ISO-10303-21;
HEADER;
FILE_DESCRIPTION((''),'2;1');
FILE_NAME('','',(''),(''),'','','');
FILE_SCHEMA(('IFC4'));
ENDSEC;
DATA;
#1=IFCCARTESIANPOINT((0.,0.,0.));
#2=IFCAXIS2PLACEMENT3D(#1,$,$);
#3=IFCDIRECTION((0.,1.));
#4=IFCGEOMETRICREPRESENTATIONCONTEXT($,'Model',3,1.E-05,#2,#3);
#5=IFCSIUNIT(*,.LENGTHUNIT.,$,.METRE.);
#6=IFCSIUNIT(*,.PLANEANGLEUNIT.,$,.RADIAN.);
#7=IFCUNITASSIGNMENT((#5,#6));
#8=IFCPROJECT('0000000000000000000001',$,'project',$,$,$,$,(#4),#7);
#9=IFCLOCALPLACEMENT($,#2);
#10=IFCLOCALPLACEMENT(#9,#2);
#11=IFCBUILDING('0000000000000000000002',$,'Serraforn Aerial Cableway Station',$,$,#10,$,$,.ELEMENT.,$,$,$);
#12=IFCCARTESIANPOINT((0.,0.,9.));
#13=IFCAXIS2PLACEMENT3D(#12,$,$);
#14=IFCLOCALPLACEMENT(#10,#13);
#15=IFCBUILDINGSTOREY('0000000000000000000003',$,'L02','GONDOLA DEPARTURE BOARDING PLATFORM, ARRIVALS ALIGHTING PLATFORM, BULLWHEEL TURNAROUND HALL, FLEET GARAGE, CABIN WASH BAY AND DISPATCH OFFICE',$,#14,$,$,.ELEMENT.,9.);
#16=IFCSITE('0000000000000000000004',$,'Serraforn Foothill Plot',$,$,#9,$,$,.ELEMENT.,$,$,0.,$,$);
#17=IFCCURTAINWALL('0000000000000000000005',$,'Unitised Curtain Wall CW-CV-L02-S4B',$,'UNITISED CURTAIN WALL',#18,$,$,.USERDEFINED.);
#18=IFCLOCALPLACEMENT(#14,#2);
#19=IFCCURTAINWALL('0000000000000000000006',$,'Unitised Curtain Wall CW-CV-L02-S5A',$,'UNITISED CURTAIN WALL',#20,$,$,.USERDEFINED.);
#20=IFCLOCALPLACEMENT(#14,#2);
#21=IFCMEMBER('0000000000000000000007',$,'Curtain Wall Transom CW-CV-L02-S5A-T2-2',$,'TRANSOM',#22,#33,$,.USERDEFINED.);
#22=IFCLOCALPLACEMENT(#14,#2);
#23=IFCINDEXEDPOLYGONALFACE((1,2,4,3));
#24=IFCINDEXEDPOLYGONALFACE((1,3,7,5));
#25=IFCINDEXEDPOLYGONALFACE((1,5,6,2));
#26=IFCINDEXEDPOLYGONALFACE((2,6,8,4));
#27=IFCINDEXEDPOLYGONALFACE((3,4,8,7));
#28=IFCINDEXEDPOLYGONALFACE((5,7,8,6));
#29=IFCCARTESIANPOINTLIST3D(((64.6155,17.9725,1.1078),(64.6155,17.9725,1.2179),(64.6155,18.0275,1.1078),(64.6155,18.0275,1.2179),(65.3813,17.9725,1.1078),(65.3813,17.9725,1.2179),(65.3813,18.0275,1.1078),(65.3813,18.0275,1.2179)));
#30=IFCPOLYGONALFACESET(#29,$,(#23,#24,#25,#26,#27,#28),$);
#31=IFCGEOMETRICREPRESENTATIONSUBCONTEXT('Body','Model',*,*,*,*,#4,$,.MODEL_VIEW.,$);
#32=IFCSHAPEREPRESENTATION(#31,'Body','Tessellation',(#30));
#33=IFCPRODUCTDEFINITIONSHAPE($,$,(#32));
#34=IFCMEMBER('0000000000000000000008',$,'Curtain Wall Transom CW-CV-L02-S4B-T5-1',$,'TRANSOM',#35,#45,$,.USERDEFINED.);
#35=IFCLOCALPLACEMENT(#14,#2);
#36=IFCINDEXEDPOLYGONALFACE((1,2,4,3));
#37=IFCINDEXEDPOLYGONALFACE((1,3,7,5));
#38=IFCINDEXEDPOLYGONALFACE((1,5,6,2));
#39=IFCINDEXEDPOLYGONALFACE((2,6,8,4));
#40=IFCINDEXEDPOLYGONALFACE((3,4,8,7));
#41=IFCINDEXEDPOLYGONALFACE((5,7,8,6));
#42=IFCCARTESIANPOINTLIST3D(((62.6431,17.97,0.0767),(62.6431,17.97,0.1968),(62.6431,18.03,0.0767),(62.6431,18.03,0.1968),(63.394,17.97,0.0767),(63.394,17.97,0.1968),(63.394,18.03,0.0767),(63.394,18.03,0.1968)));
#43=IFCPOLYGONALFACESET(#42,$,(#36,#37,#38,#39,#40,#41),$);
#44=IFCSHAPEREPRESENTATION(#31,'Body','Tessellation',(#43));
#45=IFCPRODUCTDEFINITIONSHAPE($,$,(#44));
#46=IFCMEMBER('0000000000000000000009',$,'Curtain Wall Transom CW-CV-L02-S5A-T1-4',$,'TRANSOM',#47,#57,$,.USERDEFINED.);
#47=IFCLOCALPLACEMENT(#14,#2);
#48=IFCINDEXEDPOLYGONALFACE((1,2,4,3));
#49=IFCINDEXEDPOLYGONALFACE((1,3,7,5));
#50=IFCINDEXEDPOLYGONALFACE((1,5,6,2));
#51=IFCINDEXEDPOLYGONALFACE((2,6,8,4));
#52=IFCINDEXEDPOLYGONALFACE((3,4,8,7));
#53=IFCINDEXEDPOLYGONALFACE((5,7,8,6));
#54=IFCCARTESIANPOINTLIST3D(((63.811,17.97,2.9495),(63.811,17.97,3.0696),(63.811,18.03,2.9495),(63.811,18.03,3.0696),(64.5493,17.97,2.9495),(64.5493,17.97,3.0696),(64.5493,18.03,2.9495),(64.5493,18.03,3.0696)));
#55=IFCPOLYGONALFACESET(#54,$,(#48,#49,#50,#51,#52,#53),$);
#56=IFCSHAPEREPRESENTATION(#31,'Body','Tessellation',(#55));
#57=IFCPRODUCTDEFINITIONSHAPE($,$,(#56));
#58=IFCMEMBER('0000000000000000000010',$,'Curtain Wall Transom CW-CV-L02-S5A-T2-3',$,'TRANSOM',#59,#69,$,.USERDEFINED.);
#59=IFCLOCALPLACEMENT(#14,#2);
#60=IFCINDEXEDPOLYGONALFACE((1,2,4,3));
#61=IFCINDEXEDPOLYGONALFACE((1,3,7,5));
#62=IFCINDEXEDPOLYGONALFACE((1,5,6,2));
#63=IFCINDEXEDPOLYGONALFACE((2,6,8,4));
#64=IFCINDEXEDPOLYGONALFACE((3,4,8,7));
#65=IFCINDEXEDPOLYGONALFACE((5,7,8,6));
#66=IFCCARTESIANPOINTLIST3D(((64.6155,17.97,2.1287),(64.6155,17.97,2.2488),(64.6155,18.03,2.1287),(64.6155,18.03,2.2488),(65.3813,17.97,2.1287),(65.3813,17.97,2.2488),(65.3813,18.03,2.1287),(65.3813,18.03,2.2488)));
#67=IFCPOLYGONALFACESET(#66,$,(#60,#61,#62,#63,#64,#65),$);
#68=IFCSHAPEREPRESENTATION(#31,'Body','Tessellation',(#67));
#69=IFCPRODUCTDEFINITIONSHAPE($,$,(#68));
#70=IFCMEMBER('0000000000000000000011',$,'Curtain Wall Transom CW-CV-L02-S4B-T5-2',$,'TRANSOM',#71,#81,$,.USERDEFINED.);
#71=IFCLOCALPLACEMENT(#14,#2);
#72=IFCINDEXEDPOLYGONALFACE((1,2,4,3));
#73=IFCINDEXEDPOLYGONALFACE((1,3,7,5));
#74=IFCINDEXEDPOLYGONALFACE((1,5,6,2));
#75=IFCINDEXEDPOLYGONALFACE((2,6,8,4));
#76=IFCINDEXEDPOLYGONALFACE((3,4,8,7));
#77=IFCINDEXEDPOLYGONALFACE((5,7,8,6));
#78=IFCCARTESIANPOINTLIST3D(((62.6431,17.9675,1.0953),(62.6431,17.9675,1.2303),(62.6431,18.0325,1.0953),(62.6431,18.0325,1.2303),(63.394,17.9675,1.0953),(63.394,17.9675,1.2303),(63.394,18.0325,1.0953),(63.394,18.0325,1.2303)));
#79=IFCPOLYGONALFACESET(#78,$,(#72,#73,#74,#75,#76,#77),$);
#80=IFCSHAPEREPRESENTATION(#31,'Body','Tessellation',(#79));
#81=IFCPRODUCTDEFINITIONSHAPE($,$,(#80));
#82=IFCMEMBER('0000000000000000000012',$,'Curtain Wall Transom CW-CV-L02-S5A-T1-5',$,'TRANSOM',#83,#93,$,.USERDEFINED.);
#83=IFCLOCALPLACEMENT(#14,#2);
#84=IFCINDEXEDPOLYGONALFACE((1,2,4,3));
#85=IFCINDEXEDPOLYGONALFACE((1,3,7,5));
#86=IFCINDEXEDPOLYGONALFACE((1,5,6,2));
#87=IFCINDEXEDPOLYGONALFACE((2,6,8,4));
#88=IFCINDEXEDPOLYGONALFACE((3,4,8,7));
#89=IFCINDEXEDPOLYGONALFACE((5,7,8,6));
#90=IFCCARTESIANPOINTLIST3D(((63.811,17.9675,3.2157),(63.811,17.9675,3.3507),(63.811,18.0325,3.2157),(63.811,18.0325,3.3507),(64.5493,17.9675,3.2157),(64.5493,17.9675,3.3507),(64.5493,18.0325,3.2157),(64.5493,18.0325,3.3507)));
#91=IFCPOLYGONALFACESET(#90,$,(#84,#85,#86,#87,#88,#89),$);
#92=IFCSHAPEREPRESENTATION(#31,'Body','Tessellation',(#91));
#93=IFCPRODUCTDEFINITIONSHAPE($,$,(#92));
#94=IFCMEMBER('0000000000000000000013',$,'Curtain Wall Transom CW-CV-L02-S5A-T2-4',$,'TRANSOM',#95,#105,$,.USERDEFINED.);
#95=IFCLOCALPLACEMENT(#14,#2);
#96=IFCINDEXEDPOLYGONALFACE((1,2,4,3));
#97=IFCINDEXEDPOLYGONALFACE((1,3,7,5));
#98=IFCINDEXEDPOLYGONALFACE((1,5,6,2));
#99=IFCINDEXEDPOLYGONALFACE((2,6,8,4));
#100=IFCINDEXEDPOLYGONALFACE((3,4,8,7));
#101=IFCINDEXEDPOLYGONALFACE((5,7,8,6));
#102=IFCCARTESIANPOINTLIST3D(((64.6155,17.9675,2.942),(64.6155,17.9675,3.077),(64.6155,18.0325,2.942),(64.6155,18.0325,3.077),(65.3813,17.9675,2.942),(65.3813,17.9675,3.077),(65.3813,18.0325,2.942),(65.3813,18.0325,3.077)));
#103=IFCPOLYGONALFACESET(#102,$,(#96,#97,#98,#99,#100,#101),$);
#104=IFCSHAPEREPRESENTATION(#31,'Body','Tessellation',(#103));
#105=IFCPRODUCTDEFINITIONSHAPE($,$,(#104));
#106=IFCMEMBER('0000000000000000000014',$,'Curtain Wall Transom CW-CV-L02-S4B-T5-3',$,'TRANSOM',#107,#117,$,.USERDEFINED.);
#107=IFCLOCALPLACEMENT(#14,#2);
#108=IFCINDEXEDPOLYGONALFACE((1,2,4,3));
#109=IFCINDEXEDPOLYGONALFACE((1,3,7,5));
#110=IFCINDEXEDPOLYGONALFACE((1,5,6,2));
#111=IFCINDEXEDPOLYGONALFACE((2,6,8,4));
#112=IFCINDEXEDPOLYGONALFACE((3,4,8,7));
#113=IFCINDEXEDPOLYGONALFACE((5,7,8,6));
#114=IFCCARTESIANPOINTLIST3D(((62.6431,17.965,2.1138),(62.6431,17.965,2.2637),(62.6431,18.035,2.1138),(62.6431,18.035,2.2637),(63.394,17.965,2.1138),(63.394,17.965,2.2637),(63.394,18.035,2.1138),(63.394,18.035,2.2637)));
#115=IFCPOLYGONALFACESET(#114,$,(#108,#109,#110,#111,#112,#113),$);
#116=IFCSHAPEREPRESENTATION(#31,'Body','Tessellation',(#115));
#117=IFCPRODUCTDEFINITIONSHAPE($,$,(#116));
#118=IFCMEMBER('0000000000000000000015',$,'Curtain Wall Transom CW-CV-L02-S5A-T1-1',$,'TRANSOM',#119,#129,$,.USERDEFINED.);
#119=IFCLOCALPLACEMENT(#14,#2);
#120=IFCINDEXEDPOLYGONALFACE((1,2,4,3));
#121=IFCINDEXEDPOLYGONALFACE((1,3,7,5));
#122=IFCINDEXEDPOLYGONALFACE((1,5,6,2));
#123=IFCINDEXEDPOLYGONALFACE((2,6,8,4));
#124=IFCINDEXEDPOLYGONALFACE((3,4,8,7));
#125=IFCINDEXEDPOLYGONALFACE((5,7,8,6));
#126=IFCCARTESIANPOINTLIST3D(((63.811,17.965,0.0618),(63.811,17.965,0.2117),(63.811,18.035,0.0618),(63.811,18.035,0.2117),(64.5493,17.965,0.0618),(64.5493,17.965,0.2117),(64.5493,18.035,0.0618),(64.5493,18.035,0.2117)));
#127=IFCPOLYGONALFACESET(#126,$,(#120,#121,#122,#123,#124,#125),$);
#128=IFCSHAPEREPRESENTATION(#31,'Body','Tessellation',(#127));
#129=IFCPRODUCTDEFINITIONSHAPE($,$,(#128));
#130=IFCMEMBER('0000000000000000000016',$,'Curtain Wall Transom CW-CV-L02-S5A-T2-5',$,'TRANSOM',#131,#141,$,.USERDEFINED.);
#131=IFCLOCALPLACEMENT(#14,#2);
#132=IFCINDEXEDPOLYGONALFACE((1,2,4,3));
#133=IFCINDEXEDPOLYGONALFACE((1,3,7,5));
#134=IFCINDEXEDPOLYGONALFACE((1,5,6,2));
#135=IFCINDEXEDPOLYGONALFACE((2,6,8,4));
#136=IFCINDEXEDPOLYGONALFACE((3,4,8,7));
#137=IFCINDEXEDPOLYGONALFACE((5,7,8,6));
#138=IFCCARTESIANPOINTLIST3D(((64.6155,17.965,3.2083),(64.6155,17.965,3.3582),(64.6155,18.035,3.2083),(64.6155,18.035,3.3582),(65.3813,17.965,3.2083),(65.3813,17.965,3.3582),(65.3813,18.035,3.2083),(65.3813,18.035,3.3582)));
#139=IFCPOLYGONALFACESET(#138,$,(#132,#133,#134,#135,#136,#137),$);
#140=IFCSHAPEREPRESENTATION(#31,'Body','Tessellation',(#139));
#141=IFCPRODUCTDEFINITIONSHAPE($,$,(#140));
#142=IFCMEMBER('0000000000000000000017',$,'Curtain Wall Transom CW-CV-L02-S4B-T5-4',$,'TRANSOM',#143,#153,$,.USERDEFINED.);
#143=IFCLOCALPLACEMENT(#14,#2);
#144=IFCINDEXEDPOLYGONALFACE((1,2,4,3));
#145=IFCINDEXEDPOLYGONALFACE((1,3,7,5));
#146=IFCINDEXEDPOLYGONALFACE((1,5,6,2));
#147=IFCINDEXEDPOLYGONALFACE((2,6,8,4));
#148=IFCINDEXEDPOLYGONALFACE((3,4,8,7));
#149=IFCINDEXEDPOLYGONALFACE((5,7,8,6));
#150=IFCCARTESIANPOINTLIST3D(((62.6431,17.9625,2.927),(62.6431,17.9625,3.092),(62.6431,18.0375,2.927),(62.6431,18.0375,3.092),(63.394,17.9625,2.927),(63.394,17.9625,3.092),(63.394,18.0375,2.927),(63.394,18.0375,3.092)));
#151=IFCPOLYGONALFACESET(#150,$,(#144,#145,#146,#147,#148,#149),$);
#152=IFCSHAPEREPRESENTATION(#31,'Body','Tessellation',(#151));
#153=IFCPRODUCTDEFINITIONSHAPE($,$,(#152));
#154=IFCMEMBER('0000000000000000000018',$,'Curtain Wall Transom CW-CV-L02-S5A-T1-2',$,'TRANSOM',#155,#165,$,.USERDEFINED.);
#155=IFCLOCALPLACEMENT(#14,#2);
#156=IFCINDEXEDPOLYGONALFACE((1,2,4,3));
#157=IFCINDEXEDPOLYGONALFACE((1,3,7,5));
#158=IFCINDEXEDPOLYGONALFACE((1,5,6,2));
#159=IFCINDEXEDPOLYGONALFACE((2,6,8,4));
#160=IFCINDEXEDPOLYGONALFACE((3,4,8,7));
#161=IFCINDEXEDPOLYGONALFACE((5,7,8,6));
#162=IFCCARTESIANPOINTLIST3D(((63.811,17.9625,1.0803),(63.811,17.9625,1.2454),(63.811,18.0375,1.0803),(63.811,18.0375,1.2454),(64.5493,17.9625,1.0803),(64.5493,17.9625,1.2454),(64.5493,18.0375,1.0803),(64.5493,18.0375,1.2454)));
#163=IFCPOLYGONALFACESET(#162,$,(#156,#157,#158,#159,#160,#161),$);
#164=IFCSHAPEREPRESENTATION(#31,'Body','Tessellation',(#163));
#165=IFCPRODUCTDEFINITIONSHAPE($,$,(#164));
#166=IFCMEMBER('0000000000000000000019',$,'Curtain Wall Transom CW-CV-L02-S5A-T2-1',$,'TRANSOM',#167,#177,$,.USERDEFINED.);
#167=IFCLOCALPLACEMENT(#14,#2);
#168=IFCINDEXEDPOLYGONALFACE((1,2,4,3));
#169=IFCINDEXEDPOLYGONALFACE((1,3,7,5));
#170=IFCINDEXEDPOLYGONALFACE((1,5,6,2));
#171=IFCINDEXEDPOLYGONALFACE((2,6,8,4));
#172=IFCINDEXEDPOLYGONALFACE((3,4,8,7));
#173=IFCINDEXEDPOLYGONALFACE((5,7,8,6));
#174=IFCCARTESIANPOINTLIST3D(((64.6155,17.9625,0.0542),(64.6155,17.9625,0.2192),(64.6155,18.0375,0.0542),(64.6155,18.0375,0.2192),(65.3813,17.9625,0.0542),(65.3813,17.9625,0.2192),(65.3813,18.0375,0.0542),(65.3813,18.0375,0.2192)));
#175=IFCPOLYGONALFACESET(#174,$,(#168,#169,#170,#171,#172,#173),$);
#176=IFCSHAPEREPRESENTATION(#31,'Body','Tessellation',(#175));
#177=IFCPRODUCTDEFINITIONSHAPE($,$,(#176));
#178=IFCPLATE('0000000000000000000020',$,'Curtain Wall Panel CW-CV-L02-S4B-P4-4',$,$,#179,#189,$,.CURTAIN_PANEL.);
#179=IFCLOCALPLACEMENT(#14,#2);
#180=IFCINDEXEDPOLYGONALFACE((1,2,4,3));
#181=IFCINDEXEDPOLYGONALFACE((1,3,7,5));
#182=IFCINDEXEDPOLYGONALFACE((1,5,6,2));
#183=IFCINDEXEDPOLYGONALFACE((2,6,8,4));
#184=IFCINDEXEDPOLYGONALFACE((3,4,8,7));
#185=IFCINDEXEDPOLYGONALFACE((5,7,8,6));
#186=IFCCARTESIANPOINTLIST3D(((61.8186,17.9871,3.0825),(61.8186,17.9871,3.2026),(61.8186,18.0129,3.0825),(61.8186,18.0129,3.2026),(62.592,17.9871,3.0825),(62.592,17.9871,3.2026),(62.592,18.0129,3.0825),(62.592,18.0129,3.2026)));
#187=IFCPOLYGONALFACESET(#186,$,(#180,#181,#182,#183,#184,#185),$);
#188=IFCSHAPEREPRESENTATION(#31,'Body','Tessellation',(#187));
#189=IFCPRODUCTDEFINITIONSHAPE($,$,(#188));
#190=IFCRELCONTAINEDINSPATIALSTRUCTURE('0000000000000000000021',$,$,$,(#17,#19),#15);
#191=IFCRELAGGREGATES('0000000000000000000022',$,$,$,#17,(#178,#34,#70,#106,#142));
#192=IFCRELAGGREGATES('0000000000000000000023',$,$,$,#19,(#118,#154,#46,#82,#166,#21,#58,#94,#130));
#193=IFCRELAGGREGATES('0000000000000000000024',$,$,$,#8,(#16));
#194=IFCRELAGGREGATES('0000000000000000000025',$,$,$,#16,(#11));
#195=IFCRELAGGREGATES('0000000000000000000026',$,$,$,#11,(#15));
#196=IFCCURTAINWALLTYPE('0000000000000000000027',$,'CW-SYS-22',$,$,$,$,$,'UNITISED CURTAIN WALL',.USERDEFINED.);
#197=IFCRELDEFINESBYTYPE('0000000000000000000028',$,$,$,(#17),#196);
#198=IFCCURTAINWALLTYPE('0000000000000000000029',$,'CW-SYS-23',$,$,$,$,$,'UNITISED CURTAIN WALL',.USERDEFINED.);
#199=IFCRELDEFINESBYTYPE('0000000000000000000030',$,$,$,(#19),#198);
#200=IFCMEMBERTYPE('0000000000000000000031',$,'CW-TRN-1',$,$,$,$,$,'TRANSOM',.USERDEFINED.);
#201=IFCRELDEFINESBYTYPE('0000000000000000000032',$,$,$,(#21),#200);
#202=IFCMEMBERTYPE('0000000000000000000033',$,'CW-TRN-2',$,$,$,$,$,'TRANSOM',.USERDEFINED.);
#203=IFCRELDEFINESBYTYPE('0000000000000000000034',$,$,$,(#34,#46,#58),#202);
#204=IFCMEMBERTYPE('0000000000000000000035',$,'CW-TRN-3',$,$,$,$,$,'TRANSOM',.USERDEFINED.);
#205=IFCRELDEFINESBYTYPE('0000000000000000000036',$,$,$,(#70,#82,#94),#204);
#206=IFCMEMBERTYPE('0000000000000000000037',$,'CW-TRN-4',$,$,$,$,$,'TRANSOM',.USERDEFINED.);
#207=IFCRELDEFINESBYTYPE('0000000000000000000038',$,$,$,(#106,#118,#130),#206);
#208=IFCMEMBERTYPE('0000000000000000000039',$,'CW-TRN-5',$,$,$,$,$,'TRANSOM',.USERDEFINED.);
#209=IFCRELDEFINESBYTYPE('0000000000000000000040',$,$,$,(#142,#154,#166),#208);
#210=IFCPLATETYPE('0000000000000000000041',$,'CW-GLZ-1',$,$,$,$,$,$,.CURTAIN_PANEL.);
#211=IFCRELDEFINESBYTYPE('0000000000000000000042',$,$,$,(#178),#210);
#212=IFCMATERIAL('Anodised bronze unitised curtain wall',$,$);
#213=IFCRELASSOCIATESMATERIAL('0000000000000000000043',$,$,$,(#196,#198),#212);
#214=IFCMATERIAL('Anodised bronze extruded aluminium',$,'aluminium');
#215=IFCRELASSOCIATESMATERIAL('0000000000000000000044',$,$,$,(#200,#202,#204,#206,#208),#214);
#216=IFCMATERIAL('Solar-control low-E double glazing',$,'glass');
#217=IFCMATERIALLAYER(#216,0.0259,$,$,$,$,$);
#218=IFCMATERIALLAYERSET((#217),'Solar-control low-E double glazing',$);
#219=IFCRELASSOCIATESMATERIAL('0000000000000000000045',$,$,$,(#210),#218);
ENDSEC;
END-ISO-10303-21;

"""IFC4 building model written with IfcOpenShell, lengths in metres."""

from ifc_helpers import new_model, si_unit, direction, frame, origin, origin_2d, place, context, subcontext, project, spatial, rectangle, extrude, material, layer, layer_set, material_profile, profile_set, type_object, element, aggregate, save


model = new_model("IFC4")

# Units and contexts
model_context = context("Model", 3, precision=1e-05, world=origin(), true_north=direction((0.0, 1.0)))
body_context = subcontext(model_context, "Body", "Model", "MODEL_VIEW")
ifc_project = project(units=[si_unit("LENGTHUNIT", "METRE"), si_unit("PLANEANGLEUNIT", "RADIAN")], contexts=[model_context])

# Site, building, storey
site_placement = place(None, origin())
site = spatial("IfcSite", under=ifc_project, at=site_placement, Name="Serraforn Foothill Plot", CompositionType="ELEMENT", RefElevation=0.0)
building_placement = place(site_placement, origin())
building = spatial("IfcBuilding", under=site, at=building_placement, Name="Serraforn Aerial Cableway Station", CompositionType="ELEMENT")
storey_placement = place(building_placement, frame((0.0, 0.0, 9.0)))
storey = spatial("IfcBuildingStorey", under=building, at=storey_placement, Name="L02", Description="GONDOLA DEPARTURE BOARDING PLATFORM, ARRIVALS ALIGHTING PLATFORM, BULLWHEEL TURNAROUND HALL, FLEET GARAGE, CABIN WASH BAY AND DISPATCH OFFICE", CompositionType="ELEMENT", Elevation=9.0)

# Curtain walls
ifc_material_1 = material(Name="Anodised bronze unitised curtain wall")
curtain_wall_type_1 = type_object("IfcCurtainWallType", Name="CW-SYS-22", ElementType="UNITISED CURTAIN WALL", PredefinedType="USERDEFINED", material=ifc_material_1)
curtain_wall_1_placement = place(storey_placement, origin())
curtain_wall_1 = element("IfcCurtainWall", 1, at=curtain_wall_1_placement, inside=storey, type_object=curtain_wall_type_1, Name="Unitised Curtain Wall CW-CV-L02-S4B", ObjectType="UNITISED CURTAIN WALL", PredefinedType="USERDEFINED")
ifc_material_2 = material(Name="Anodised bronze extruded aluminium", Category="aluminium")
curtain_wall_type_2 = type_object("IfcCurtainWallType", Name="CW-SYS-23", ElementType="UNITISED CURTAIN WALL", PredefinedType="USERDEFINED", material=ifc_material_1)
curtain_wall_2_placement = place(storey_placement, origin())
curtain_wall_2 = element("IfcCurtainWall", 2, at=curtain_wall_2_placement, inside=storey, type_object=curtain_wall_type_2, Name="Unitised Curtain Wall CW-CV-L02-S5A", ObjectType="UNITISED CURTAIN WALL", PredefinedType="USERDEFINED")

# Members
ifc_material_profile_1 = material_profile(ifc_material_2, rectangle(XDim=0.0549, YDim=0.1101, at=origin_2d()), Name="CW TRANSOM 55x110")
ifc_profile_set_1 = profile_set([ifc_material_profile_1], Name="Anodised bronze extruded aluminium")
member_type_1 = type_object("IfcMemberType", Name="CW-TRN-1", ElementType="TRANSOM", PredefinedType="USERDEFINED", material=ifc_profile_set_1)
member_1_placement = place(storey_placement, frame((64.6155, 18.0, 1.1628), z_axis=(1.0, 0.0, 0.0), x_axis=(0.0, 1.0, 0.0)))
member_1 = element("IfcMember", 3, at=member_1_placement, type_object=member_type_1, Name="Curtain Wall Transom CW-CV-L02-S5A-T2-2", ObjectType="TRANSOM", PredefinedType="USERDEFINED", context=body_context, shape_type="SweptSolid", body=[
    extrude(rectangle(XDim=0.0549, YDim=0.1101, at=origin_2d()), origin(), (0.0, 0.0, 1.0), 0.7659),
])
ifc_material_profile_2 = material_profile(ifc_material_2, rectangle(XDim=0.0601, YDim=0.1201, at=origin_2d()), Name="CW TRANSOM 60x120")
ifc_profile_set_2 = profile_set([ifc_material_profile_2], Name="Anodised bronze extruded aluminium")
member_type_2 = type_object("IfcMemberType", Name="CW-TRN-2", ElementType="TRANSOM", PredefinedType="USERDEFINED", material=ifc_profile_set_2)
member_2_placement = place(storey_placement, frame((62.6431, 18.0, 0.1367), z_axis=(1.0, 0.0, 0.0), x_axis=(0.0, 1.0, 0.0)))
member_2 = element("IfcMember", 4, at=member_2_placement, type_object=member_type_2, Name="Curtain Wall Transom CW-CV-L02-S4B-T5-1", ObjectType="TRANSOM", PredefinedType="USERDEFINED", context=body_context, shape_type="SweptSolid", body=[
    extrude(rectangle(XDim=0.0601, YDim=0.1201, at=origin_2d()), origin(), (0.0, 0.0, 1.0), 0.751),
])
member_3_placement = place(storey_placement, frame((63.811, 18.0, 3.0095), z_axis=(1.0, 0.0, 0.0), x_axis=(0.0, 1.0, 0.0)))
member_3 = element("IfcMember", 5, at=member_3_placement, type_object=member_type_2, Name="Curtain Wall Transom CW-CV-L02-S5A-T1-4", ObjectType="TRANSOM", PredefinedType="USERDEFINED", context=body_context, shape_type="SweptSolid", body=[
    extrude(rectangle(XDim=0.0601, YDim=0.1201, at=origin_2d()), origin(), (0.0, 0.0, 1.0), 0.7383),
])
member_4_placement = place(storey_placement, frame((64.6155, 18.0, 2.1887), z_axis=(1.0, 0.0, 0.0), x_axis=(0.0, 1.0, 0.0)))
member_4 = element("IfcMember", 6, at=member_4_placement, type_object=member_type_2, Name="Curtain Wall Transom CW-CV-L02-S5A-T2-3", ObjectType="TRANSOM", PredefinedType="USERDEFINED", context=body_context, shape_type="SweptSolid", body=[
    extrude(rectangle(XDim=0.0601, YDim=0.1201, at=origin_2d()), origin(), (0.0, 0.0, 1.0), 0.7659),
])
ifc_material_profile_3 = material_profile(ifc_material_2, rectangle(XDim=0.0649, YDim=0.135, at=origin_2d()), Name="CW TRANSOM 65x135")
ifc_profile_set_3 = profile_set([ifc_material_profile_3], Name="Anodised bronze extruded aluminium")
member_type_3 = type_object("IfcMemberType", Name="CW-TRN-3", ElementType="TRANSOM", PredefinedType="USERDEFINED", material=ifc_profile_set_3)
member_5_placement = place(storey_placement, frame((62.6431, 18.0, 1.1628), z_axis=(1.0, 0.0, 0.0), x_axis=(0.0, 1.0, 0.0)))
member_5 = element("IfcMember", 7, at=member_5_placement, type_object=member_type_3, Name="Curtain Wall Transom CW-CV-L02-S4B-T5-2", ObjectType="TRANSOM", PredefinedType="USERDEFINED", context=body_context, shape_type="SweptSolid", body=[
    extrude(rectangle(XDim=0.0649, YDim=0.135, at=origin_2d()), origin(), (0.0, 0.0, 1.0), 0.751),
])
member_6_placement = place(storey_placement, frame((63.811, 18.0, 3.2832), z_axis=(1.0, 0.0, 0.0), x_axis=(0.0, 1.0, 0.0)))
member_6 = element("IfcMember", 8, at=member_6_placement, type_object=member_type_3, Name="Curtain Wall Transom CW-CV-L02-S5A-T1-5", ObjectType="TRANSOM", PredefinedType="USERDEFINED", context=body_context, shape_type="SweptSolid", body=[
    extrude(rectangle(XDim=0.0649, YDim=0.135, at=origin_2d()), origin(), (0.0, 0.0, 1.0), 0.7383),
])
member_7_placement = place(storey_placement, frame((64.6155, 18.0, 3.0095), z_axis=(1.0, 0.0, 0.0), x_axis=(0.0, 1.0, 0.0)))
member_7 = element("IfcMember", 9, at=member_7_placement, type_object=member_type_3, Name="Curtain Wall Transom CW-CV-L02-S5A-T2-4", ObjectType="TRANSOM", PredefinedType="USERDEFINED", context=body_context, shape_type="SweptSolid", body=[
    extrude(rectangle(XDim=0.0649, YDim=0.135, at=origin_2d()), origin(), (0.0, 0.0, 1.0), 0.7659),
])
ifc_material_profile_4 = material_profile(ifc_material_2, rectangle(XDim=0.0701, YDim=0.1499, at=origin_2d()), Name="CW TRANSOM 70x150")
ifc_profile_set_4 = profile_set([ifc_material_profile_4], Name="Anodised bronze extruded aluminium")
member_type_4 = type_object("IfcMemberType", Name="CW-TRN-4", ElementType="TRANSOM", PredefinedType="USERDEFINED", material=ifc_profile_set_4)
member_8_placement = place(storey_placement, frame((62.6431, 18.0, 2.1887), z_axis=(1.0, 0.0, 0.0), x_axis=(0.0, 1.0, 0.0)))
member_8 = element("IfcMember", 10, at=member_8_placement, type_object=member_type_4, Name="Curtain Wall Transom CW-CV-L02-S4B-T5-3", ObjectType="TRANSOM", PredefinedType="USERDEFINED", context=body_context, shape_type="SweptSolid", body=[
    extrude(rectangle(XDim=0.0701, YDim=0.1499, at=origin_2d()), origin(), (0.0, 0.0, 1.0), 0.751),
])
member_9_placement = place(storey_placement, frame((63.811, 18.0, 0.1367), z_axis=(1.0, 0.0, 0.0), x_axis=(0.0, 1.0, 0.0)))
member_9 = element("IfcMember", 11, at=member_9_placement, type_object=member_type_4, Name="Curtain Wall Transom CW-CV-L02-S5A-T1-1", ObjectType="TRANSOM", PredefinedType="USERDEFINED", context=body_context, shape_type="SweptSolid", body=[
    extrude(rectangle(XDim=0.0701, YDim=0.1499, at=origin_2d()), origin(), (0.0, 0.0, 1.0), 0.7383),
])
member_10_placement = place(storey_placement, frame((64.6155, 18.0, 3.2832), z_axis=(1.0, 0.0, 0.0), x_axis=(0.0, 1.0, 0.0)))
member_10 = element("IfcMember", 12, at=member_10_placement, type_object=member_type_4, Name="Curtain Wall Transom CW-CV-L02-S5A-T2-5", ObjectType="TRANSOM", PredefinedType="USERDEFINED", context=body_context, shape_type="SweptSolid", body=[
    extrude(rectangle(XDim=0.0701, YDim=0.1499, at=origin_2d()), origin(), (0.0, 0.0, 1.0), 0.7659),
])
ifc_material_profile_5 = material_profile(ifc_material_2, rectangle(XDim=0.075, YDim=0.165, at=origin_2d()), Name="CW TRANSOM 75x165")
ifc_profile_set_5 = profile_set([ifc_material_profile_5], Name="Anodised bronze extruded aluminium")
member_type_5 = type_object("IfcMemberType", Name="CW-TRN-5", ElementType="TRANSOM", PredefinedType="USERDEFINED", material=ifc_profile_set_5)
member_11_placement = place(storey_placement, frame((62.6431, 18.0, 3.0095), z_axis=(1.0, 0.0, 0.0), x_axis=(0.0, 1.0, 0.0)))
member_11 = element("IfcMember", 13, at=member_11_placement, type_object=member_type_5, Name="Curtain Wall Transom CW-CV-L02-S4B-T5-4", ObjectType="TRANSOM", PredefinedType="USERDEFINED", context=body_context, shape_type="SweptSolid", body=[
    extrude(rectangle(XDim=0.075, YDim=0.165, at=origin_2d()), origin(), (0.0, 0.0, 1.0), 0.751),
])
member_12_placement = place(storey_placement, frame((63.811, 18.0, 1.1628), z_axis=(1.0, 0.0, 0.0), x_axis=(0.0, 1.0, 0.0)))
member_12 = element("IfcMember", 14, at=member_12_placement, type_object=member_type_5, Name="Curtain Wall Transom CW-CV-L02-S5A-T1-2", ObjectType="TRANSOM", PredefinedType="USERDEFINED", context=body_context, shape_type="SweptSolid", body=[
    extrude(rectangle(XDim=0.075, YDim=0.165, at=origin_2d()), origin(), (0.0, 0.0, 1.0), 0.7383),
])
member_13_placement = place(storey_placement, frame((64.6155, 18.0, 0.1367), z_axis=(1.0, 0.0, 0.0), x_axis=(0.0, 1.0, 0.0)))
member_13 = element("IfcMember", 15, at=member_13_placement, type_object=member_type_5, Name="Curtain Wall Transom CW-CV-L02-S5A-T2-1", ObjectType="TRANSOM", PredefinedType="USERDEFINED", context=body_context, shape_type="SweptSolid", body=[
    extrude(rectangle(XDim=0.075, YDim=0.165, at=origin_2d()), origin(), (0.0, 0.0, 1.0), 0.7659),
])

# Plate
ifc_material_3 = material(Name="Solar-control low-E double glazing", Category="glass")
ifc_layer_1 = layer(ifc_material_3, 0.0259)
ifc_layer_set_1 = layer_set([ifc_layer_1], Name="Solar-control low-E double glazing")
plate_type_1 = type_object("IfcPlateType", Name="CW-GLZ-1", PredefinedType="CURTAIN_PANEL", material=ifc_layer_set_1)
plate_1_placement = place(storey_placement, frame((62.2053, 18.0, 3.0825), z_axis=(0.0, 0.0, 1.0), x_axis=(1.0, 0.0, 0.0)))
plate_1 = element("IfcPlate", 16, at=plate_1_placement, type_object=plate_type_1, Name="Curtain Wall Panel CW-CV-L02-S4B-P4-4", PredefinedType="CURTAIN_PANEL", context=body_context, shape_type="SweptSolid", body=[
    extrude(rectangle(XDim=0.7734, YDim=0.0259, at=origin_2d()), origin(), (0.0, 0.0, 1.0), 0.1201),
])
aggregate(curtain_wall_1, [plate_1, member_2, member_5, member_8, member_11])
aggregate(curtain_wall_2, [member_9, member_12, member_3, member_6, member_13, member_1, member_4, member_7, member_10])

save(model, "model.ifc")
